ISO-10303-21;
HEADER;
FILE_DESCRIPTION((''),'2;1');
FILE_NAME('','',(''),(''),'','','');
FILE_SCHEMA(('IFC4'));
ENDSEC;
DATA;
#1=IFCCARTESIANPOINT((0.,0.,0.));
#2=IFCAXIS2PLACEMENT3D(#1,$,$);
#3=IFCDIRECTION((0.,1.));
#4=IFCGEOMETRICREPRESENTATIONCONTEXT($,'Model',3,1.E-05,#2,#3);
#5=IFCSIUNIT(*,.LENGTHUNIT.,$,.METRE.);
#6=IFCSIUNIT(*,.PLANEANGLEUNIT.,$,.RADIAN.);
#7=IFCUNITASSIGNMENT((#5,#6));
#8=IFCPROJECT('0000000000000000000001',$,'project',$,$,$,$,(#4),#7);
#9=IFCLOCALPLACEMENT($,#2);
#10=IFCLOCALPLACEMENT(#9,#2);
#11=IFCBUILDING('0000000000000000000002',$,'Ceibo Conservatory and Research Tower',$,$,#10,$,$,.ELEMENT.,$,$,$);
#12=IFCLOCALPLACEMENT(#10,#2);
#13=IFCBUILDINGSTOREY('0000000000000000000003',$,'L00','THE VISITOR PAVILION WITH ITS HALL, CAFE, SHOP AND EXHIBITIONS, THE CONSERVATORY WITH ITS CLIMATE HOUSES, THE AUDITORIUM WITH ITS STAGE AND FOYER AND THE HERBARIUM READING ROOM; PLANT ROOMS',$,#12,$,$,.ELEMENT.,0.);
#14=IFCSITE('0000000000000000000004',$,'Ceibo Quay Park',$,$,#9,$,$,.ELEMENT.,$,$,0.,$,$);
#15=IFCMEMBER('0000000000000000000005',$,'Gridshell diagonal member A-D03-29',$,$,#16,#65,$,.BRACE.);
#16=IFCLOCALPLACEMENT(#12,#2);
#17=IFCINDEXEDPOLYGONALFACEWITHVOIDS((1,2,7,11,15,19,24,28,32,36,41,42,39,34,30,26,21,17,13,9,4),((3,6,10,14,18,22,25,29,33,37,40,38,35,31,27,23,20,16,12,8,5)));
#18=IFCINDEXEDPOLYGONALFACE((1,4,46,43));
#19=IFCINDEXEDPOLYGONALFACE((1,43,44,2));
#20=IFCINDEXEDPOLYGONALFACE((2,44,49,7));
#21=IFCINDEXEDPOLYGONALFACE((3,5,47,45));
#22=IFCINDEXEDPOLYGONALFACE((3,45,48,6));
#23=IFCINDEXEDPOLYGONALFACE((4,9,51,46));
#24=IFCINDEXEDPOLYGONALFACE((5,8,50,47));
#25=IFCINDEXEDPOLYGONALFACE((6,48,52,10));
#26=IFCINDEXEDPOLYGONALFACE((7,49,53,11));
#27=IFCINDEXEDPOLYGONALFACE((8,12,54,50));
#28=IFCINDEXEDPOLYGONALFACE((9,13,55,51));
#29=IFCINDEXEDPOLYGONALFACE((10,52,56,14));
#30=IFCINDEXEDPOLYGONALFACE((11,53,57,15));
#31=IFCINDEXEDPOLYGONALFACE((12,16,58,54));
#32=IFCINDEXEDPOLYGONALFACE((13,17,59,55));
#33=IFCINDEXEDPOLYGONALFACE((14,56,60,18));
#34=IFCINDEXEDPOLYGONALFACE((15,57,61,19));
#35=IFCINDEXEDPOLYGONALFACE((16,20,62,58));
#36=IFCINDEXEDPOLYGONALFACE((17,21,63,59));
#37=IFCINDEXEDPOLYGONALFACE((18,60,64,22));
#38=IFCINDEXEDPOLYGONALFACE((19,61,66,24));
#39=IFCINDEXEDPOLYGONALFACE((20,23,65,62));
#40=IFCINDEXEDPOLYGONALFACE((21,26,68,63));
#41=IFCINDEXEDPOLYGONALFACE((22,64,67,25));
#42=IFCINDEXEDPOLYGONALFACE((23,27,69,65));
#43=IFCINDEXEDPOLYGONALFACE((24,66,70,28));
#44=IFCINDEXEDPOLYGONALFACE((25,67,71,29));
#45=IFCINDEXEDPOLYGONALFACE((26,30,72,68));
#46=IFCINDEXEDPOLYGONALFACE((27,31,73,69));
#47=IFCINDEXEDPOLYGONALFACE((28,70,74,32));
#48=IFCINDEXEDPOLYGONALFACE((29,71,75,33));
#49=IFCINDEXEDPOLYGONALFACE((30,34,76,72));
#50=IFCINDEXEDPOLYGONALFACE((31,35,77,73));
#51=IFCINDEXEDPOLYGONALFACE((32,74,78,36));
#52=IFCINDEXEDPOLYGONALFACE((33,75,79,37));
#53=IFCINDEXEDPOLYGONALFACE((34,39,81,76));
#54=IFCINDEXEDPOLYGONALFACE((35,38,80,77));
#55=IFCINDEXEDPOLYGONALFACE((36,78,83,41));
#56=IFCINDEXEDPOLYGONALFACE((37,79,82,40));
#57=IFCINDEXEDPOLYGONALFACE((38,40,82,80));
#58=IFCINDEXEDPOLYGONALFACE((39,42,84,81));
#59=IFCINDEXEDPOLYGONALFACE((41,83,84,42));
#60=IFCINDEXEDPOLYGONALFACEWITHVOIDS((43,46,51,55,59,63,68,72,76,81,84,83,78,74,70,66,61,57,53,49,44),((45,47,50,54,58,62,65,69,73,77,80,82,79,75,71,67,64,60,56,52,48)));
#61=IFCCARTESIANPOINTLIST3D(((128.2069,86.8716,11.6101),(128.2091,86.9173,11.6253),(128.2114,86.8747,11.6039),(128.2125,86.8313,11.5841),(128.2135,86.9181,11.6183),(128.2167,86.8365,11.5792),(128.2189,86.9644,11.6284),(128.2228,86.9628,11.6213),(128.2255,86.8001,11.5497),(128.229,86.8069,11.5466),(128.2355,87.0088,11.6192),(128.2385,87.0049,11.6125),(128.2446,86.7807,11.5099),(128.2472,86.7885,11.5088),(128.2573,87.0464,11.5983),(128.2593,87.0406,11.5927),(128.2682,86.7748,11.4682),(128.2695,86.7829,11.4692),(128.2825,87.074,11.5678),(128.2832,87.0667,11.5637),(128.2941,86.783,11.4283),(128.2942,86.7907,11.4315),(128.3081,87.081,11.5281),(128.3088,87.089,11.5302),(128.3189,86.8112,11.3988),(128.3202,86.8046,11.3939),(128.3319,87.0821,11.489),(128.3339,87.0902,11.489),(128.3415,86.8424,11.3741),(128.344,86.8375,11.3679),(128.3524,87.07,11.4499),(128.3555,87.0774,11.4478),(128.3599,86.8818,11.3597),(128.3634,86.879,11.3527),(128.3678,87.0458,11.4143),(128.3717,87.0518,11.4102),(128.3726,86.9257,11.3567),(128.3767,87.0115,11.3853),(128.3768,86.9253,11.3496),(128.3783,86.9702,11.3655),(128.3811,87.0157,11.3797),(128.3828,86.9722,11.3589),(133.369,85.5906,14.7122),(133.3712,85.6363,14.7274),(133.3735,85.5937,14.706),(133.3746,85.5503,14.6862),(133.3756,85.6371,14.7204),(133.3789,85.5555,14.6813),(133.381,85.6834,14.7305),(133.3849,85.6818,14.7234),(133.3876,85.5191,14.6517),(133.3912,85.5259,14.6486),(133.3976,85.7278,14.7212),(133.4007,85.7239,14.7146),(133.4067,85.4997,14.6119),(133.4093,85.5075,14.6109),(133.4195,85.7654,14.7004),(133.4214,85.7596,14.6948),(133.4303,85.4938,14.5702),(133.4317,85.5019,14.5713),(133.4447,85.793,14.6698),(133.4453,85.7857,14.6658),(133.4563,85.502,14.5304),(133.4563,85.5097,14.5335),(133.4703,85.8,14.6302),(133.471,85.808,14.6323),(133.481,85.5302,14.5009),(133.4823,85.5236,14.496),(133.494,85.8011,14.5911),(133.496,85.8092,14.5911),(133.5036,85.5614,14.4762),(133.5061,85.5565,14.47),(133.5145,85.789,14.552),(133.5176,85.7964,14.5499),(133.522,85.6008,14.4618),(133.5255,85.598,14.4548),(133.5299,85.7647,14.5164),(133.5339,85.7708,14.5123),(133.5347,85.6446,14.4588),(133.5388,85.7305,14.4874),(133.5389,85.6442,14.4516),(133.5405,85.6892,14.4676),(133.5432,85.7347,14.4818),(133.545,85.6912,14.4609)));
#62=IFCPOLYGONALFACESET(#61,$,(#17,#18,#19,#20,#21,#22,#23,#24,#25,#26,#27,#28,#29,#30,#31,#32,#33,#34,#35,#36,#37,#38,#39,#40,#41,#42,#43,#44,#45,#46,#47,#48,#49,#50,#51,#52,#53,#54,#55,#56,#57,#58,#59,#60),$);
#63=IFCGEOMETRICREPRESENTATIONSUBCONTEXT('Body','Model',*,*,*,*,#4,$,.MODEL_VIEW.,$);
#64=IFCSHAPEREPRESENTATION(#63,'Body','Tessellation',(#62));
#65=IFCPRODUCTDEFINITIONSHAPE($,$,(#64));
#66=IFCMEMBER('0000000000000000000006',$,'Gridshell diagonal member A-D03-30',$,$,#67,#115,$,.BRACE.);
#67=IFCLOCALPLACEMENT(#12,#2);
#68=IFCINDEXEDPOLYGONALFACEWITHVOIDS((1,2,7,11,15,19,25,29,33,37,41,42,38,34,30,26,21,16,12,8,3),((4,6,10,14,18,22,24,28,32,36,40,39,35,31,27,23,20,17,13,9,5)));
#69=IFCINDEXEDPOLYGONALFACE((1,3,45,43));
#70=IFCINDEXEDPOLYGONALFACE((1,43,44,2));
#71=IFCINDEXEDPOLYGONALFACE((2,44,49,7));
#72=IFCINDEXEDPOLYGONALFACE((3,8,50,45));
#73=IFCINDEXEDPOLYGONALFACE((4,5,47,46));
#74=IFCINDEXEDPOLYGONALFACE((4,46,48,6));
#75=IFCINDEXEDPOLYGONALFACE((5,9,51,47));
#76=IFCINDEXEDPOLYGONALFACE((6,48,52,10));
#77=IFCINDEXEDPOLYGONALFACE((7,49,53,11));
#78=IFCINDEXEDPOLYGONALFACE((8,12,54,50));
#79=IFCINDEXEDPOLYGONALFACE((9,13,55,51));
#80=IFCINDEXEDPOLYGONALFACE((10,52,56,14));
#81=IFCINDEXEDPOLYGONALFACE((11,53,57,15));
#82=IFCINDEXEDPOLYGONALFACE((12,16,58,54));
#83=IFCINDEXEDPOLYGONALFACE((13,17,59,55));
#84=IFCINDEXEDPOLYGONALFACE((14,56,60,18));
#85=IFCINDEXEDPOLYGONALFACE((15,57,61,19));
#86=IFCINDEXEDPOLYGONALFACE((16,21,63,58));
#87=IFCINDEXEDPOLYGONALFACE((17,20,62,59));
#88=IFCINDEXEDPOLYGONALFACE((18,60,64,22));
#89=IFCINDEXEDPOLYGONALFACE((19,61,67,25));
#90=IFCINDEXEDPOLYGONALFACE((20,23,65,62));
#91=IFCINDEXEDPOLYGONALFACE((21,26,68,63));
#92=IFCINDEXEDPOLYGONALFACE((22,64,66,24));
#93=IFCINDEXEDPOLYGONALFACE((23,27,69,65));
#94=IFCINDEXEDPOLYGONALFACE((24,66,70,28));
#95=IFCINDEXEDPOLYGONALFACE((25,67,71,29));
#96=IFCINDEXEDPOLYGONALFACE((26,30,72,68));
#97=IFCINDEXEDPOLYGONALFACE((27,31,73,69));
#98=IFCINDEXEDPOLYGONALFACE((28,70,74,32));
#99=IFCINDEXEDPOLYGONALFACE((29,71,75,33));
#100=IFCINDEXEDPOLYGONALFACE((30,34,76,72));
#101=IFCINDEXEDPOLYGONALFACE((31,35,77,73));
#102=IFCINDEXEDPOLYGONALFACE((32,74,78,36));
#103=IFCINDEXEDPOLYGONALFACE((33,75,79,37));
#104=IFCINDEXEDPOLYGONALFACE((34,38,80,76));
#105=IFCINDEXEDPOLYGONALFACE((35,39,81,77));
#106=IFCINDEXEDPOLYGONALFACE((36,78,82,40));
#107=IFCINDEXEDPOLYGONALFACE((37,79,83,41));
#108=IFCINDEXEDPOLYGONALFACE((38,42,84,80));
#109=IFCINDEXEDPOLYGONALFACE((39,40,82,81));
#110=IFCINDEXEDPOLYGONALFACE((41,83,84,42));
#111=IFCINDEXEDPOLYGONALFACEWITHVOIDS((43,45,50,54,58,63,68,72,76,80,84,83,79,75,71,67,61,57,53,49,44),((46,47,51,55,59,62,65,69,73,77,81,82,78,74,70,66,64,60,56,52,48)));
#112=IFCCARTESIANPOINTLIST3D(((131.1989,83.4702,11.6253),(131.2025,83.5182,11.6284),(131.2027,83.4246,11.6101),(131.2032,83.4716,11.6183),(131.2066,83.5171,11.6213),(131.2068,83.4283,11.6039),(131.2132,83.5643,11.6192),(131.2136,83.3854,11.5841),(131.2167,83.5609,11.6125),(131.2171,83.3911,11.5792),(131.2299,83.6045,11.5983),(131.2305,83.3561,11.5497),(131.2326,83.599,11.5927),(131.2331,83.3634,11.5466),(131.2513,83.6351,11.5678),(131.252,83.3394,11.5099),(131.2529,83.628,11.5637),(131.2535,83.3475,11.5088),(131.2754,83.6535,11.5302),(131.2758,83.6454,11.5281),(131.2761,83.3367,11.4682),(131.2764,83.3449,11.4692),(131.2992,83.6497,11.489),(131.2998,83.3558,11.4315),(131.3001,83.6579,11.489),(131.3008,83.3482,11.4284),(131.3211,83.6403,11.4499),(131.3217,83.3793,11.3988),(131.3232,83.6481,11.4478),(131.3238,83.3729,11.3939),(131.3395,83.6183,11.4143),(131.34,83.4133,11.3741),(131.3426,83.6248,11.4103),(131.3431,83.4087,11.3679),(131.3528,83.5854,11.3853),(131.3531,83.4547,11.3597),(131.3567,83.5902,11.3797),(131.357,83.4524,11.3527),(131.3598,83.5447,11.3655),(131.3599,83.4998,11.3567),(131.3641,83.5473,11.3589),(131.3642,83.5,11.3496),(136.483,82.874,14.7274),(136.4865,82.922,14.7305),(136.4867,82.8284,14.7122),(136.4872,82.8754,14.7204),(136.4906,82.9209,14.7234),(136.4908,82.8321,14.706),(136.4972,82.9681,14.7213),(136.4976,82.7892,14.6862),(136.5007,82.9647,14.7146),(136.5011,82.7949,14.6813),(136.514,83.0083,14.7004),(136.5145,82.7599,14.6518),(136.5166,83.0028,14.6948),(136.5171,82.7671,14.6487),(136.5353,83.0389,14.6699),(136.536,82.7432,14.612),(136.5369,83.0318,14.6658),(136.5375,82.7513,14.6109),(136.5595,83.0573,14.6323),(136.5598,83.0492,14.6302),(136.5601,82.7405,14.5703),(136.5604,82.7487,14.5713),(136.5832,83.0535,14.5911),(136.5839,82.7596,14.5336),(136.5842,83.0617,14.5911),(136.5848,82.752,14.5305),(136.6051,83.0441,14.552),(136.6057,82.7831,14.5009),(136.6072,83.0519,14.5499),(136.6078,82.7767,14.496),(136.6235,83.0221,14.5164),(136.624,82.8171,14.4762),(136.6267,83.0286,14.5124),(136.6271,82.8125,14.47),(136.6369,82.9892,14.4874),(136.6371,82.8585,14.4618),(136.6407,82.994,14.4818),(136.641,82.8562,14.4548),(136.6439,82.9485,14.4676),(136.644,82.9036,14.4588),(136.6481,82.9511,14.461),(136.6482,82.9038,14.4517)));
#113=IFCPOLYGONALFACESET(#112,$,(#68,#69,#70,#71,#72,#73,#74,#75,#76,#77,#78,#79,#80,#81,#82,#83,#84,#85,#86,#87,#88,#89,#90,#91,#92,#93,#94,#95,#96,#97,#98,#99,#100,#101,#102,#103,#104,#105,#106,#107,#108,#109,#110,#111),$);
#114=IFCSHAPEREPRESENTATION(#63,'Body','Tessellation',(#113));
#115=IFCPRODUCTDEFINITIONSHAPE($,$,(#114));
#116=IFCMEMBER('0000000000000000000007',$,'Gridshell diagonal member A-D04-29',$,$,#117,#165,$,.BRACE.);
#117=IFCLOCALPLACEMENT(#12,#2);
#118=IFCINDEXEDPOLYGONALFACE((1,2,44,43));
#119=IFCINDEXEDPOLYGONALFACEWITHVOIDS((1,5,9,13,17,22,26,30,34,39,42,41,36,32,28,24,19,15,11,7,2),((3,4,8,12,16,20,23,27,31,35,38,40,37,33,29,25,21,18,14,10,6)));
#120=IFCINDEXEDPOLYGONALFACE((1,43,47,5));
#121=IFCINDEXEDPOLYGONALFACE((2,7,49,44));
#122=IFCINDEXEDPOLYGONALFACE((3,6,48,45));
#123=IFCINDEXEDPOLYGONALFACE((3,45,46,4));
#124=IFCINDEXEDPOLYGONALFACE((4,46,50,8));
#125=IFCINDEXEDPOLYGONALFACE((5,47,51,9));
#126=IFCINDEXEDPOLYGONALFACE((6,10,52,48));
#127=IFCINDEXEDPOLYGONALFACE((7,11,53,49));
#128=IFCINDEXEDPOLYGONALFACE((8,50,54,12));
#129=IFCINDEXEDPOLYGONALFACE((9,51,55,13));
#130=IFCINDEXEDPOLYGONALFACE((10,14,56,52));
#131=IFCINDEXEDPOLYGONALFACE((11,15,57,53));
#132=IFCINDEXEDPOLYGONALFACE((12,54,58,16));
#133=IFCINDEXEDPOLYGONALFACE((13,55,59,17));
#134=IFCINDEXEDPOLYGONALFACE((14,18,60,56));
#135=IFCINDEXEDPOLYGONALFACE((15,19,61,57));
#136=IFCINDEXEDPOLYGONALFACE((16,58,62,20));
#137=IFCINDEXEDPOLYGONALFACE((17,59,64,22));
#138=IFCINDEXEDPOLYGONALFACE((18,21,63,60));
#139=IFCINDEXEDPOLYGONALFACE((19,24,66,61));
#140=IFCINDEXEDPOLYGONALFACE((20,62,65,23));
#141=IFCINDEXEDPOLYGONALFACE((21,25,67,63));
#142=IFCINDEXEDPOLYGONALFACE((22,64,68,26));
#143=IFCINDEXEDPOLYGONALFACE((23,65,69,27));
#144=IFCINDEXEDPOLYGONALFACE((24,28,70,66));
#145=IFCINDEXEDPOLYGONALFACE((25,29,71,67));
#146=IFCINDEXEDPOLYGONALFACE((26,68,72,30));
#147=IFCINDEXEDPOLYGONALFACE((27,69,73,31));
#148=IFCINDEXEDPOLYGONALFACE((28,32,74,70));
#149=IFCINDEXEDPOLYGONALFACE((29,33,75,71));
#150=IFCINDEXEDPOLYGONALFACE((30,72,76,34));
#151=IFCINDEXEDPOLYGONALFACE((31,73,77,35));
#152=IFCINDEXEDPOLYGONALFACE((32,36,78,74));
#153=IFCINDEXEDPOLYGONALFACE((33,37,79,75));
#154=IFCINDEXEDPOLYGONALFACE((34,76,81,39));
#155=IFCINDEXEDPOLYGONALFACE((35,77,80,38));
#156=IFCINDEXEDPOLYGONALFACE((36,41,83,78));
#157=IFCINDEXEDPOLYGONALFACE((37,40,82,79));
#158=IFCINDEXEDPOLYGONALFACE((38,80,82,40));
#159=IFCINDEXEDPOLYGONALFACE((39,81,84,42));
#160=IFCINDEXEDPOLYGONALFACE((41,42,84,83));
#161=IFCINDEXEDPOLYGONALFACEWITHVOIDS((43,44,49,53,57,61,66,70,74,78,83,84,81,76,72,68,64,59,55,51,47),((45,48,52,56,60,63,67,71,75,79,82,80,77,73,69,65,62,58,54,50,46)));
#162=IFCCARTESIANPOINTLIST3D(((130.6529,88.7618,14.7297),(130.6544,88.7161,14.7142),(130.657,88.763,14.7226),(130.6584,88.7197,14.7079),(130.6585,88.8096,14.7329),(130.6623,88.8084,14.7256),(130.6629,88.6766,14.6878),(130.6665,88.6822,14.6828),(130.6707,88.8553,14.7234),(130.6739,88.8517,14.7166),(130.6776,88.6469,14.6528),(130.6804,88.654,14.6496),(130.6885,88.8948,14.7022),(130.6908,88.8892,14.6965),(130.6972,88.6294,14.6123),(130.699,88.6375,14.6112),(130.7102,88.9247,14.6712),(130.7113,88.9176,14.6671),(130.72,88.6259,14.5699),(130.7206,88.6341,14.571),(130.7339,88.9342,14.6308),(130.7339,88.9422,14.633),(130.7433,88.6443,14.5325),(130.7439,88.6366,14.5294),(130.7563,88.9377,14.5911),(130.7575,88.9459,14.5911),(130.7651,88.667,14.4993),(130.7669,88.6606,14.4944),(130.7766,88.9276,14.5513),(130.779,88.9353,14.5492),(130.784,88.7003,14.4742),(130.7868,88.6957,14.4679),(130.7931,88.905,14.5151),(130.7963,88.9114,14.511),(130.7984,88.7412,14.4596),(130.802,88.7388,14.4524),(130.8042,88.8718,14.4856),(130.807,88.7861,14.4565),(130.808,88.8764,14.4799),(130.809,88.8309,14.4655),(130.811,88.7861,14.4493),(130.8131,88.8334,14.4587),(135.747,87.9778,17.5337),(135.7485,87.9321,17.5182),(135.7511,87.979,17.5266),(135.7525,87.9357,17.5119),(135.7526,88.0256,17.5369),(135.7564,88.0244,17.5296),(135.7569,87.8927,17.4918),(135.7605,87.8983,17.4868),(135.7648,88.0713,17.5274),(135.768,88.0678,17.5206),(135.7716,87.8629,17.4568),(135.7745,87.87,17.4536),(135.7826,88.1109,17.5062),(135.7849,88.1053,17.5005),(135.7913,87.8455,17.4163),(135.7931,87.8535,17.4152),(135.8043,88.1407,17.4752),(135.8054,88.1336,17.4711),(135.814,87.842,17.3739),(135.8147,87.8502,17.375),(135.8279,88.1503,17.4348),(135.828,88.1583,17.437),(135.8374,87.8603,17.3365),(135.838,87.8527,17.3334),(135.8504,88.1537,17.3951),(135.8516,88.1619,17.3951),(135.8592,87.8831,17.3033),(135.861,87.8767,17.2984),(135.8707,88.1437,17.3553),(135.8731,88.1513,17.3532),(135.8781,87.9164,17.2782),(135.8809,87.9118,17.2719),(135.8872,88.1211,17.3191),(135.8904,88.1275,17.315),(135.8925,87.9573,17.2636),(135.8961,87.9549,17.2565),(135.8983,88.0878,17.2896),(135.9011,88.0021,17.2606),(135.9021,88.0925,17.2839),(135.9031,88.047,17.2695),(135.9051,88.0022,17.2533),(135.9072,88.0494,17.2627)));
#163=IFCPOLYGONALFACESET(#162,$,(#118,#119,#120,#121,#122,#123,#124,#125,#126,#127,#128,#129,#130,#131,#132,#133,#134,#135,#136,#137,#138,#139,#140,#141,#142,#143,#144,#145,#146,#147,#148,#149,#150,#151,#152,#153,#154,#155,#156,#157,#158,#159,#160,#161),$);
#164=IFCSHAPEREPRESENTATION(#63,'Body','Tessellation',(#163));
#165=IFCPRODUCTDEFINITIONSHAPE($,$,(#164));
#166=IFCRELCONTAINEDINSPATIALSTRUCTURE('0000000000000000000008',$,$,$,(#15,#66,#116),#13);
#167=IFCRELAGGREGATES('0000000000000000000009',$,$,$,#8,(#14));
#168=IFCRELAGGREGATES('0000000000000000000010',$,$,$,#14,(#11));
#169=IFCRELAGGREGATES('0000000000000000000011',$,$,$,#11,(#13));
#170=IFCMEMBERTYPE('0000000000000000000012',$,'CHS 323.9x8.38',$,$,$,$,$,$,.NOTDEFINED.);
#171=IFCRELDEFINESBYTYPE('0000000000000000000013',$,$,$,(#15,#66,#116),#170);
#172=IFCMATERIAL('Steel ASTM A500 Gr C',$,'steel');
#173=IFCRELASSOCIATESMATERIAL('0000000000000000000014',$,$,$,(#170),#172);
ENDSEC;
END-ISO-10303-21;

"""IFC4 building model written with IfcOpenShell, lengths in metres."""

from ifc_helpers import new_model, si_unit, direction, frame, origin, origin_2d, place, context, subcontext, project, spatial, hollow_circle, extrude, material, material_profile, profile_set, type_object, element, save


model = new_model("IFC4")

# Units and contexts
model_context = context("Model", 3, precision=1e-05, world=origin(), true_north=direction((0.0, 1.0)))
body_context = subcontext(model_context, "Body", "Model", "MODEL_VIEW")
ifc_project = project(units=[si_unit("LENGTHUNIT", "METRE"), si_unit("PLANEANGLEUNIT", "RADIAN")], contexts=[model_context])

# Site, building, storey
site_placement = place(None, origin())
site = spatial("IfcSite", under=ifc_project, at=site_placement, Name="Ceibo Quay Park", CompositionType="ELEMENT", RefElevation=0.0)
building_placement = place(site_placement, origin())
building = spatial("IfcBuilding", under=site, at=building_placement, Name="Ceibo Conservatory and Research Tower", CompositionType="ELEMENT")
storey_placement = place(building_placement, origin())
storey = spatial("IfcBuildingStorey", under=building, at=storey_placement, Name="L00", Description="THE VISITOR PAVILION WITH ITS HALL, CAFE, SHOP AND EXHIBITIONS, THE CONSERVATORY WITH ITS CLIMATE HOUSES, THE AUDITORIUM WITH ITS STAGE AND FOYER AND THE HERBARIUM READING ROOM; PLANT ROOMS", CompositionType="ELEMENT", Elevation=0.0)

# Members
ifc_material_1 = material(Name="Steel ASTM A500 Gr C", Category="steel")
ifc_material_profile_1 = material_profile(ifc_material_1, hollow_circle(Radius=0.1619, WallThickness=0.0083, at=origin_2d()), Name="CHS 323.9x8.38")
ifc_profile_set_1 = profile_set([ifc_material_profile_1], Name="Steel ASTM A500 Gr C")
member_type_1 = type_object("IfcMemberType", Name="CHS 323.9x8.38", PredefinedType="NOTDEFINED", material=ifc_profile_set_1)
member_1_placement = place(storey_placement, frame((128.2949, 86.9331, 11.489), z_axis=(0.838386, -0.20805, 0.503809), x_axis=(0.24085, 0.970562, 0.0)))
element("IfcMember", 1, at=member_1_placement, inside=storey, type_object=member_type_1, Name="Gridshell diagonal member A-D03-29", PredefinedType="BRACE", context=body_context, shape_type="SweptSolid", body=[
    extrude(hollow_circle(Radius=0.1619, WallThickness=0.0083, at=origin_2d()), origin(), (0.0, 0.0, 1.0), 6.1572),
])
member_2_placement = place(storey_placement, frame((131.282, 83.4971, 11.489), z_axis=(0.858319, -0.096845, 0.503895), x_axis=(0.11212, 0.993695, 0.0)))
element("IfcMember", 2, at=member_2_placement, inside=storey, type_object=member_type_1, Name="Gridshell diagonal member A-D03-30", PredefinedType="BRACE", context=body_context, shape_type="SweptSolid", body=[
    extrude(hollow_circle(Radius=0.1619, WallThickness=0.0083, at=origin_2d()), origin(), (0.0, 0.0, 1.0), 6.1562),
])
member_3_placement = place(storey_placement, frame((130.7329, 88.7859, 14.5911), z_axis=(0.868197, -0.13361, 0.477893), x_axis=(0.152103, 0.988365, 0.0)))
element("IfcMember", 3, at=member_3_placement, inside=storey, type_object=member_type_1, Name="Gridshell diagonal member A-D04-29", PredefinedType="BRACE", context=body_context, shape_type="SweptSolid", body=[
    extrude(hollow_circle(Radius=0.1619, WallThickness=0.0083, at=origin_2d()), origin(), (0.0, 0.0, 1.0), 5.8674),
])

save(model, "model.ifc")
